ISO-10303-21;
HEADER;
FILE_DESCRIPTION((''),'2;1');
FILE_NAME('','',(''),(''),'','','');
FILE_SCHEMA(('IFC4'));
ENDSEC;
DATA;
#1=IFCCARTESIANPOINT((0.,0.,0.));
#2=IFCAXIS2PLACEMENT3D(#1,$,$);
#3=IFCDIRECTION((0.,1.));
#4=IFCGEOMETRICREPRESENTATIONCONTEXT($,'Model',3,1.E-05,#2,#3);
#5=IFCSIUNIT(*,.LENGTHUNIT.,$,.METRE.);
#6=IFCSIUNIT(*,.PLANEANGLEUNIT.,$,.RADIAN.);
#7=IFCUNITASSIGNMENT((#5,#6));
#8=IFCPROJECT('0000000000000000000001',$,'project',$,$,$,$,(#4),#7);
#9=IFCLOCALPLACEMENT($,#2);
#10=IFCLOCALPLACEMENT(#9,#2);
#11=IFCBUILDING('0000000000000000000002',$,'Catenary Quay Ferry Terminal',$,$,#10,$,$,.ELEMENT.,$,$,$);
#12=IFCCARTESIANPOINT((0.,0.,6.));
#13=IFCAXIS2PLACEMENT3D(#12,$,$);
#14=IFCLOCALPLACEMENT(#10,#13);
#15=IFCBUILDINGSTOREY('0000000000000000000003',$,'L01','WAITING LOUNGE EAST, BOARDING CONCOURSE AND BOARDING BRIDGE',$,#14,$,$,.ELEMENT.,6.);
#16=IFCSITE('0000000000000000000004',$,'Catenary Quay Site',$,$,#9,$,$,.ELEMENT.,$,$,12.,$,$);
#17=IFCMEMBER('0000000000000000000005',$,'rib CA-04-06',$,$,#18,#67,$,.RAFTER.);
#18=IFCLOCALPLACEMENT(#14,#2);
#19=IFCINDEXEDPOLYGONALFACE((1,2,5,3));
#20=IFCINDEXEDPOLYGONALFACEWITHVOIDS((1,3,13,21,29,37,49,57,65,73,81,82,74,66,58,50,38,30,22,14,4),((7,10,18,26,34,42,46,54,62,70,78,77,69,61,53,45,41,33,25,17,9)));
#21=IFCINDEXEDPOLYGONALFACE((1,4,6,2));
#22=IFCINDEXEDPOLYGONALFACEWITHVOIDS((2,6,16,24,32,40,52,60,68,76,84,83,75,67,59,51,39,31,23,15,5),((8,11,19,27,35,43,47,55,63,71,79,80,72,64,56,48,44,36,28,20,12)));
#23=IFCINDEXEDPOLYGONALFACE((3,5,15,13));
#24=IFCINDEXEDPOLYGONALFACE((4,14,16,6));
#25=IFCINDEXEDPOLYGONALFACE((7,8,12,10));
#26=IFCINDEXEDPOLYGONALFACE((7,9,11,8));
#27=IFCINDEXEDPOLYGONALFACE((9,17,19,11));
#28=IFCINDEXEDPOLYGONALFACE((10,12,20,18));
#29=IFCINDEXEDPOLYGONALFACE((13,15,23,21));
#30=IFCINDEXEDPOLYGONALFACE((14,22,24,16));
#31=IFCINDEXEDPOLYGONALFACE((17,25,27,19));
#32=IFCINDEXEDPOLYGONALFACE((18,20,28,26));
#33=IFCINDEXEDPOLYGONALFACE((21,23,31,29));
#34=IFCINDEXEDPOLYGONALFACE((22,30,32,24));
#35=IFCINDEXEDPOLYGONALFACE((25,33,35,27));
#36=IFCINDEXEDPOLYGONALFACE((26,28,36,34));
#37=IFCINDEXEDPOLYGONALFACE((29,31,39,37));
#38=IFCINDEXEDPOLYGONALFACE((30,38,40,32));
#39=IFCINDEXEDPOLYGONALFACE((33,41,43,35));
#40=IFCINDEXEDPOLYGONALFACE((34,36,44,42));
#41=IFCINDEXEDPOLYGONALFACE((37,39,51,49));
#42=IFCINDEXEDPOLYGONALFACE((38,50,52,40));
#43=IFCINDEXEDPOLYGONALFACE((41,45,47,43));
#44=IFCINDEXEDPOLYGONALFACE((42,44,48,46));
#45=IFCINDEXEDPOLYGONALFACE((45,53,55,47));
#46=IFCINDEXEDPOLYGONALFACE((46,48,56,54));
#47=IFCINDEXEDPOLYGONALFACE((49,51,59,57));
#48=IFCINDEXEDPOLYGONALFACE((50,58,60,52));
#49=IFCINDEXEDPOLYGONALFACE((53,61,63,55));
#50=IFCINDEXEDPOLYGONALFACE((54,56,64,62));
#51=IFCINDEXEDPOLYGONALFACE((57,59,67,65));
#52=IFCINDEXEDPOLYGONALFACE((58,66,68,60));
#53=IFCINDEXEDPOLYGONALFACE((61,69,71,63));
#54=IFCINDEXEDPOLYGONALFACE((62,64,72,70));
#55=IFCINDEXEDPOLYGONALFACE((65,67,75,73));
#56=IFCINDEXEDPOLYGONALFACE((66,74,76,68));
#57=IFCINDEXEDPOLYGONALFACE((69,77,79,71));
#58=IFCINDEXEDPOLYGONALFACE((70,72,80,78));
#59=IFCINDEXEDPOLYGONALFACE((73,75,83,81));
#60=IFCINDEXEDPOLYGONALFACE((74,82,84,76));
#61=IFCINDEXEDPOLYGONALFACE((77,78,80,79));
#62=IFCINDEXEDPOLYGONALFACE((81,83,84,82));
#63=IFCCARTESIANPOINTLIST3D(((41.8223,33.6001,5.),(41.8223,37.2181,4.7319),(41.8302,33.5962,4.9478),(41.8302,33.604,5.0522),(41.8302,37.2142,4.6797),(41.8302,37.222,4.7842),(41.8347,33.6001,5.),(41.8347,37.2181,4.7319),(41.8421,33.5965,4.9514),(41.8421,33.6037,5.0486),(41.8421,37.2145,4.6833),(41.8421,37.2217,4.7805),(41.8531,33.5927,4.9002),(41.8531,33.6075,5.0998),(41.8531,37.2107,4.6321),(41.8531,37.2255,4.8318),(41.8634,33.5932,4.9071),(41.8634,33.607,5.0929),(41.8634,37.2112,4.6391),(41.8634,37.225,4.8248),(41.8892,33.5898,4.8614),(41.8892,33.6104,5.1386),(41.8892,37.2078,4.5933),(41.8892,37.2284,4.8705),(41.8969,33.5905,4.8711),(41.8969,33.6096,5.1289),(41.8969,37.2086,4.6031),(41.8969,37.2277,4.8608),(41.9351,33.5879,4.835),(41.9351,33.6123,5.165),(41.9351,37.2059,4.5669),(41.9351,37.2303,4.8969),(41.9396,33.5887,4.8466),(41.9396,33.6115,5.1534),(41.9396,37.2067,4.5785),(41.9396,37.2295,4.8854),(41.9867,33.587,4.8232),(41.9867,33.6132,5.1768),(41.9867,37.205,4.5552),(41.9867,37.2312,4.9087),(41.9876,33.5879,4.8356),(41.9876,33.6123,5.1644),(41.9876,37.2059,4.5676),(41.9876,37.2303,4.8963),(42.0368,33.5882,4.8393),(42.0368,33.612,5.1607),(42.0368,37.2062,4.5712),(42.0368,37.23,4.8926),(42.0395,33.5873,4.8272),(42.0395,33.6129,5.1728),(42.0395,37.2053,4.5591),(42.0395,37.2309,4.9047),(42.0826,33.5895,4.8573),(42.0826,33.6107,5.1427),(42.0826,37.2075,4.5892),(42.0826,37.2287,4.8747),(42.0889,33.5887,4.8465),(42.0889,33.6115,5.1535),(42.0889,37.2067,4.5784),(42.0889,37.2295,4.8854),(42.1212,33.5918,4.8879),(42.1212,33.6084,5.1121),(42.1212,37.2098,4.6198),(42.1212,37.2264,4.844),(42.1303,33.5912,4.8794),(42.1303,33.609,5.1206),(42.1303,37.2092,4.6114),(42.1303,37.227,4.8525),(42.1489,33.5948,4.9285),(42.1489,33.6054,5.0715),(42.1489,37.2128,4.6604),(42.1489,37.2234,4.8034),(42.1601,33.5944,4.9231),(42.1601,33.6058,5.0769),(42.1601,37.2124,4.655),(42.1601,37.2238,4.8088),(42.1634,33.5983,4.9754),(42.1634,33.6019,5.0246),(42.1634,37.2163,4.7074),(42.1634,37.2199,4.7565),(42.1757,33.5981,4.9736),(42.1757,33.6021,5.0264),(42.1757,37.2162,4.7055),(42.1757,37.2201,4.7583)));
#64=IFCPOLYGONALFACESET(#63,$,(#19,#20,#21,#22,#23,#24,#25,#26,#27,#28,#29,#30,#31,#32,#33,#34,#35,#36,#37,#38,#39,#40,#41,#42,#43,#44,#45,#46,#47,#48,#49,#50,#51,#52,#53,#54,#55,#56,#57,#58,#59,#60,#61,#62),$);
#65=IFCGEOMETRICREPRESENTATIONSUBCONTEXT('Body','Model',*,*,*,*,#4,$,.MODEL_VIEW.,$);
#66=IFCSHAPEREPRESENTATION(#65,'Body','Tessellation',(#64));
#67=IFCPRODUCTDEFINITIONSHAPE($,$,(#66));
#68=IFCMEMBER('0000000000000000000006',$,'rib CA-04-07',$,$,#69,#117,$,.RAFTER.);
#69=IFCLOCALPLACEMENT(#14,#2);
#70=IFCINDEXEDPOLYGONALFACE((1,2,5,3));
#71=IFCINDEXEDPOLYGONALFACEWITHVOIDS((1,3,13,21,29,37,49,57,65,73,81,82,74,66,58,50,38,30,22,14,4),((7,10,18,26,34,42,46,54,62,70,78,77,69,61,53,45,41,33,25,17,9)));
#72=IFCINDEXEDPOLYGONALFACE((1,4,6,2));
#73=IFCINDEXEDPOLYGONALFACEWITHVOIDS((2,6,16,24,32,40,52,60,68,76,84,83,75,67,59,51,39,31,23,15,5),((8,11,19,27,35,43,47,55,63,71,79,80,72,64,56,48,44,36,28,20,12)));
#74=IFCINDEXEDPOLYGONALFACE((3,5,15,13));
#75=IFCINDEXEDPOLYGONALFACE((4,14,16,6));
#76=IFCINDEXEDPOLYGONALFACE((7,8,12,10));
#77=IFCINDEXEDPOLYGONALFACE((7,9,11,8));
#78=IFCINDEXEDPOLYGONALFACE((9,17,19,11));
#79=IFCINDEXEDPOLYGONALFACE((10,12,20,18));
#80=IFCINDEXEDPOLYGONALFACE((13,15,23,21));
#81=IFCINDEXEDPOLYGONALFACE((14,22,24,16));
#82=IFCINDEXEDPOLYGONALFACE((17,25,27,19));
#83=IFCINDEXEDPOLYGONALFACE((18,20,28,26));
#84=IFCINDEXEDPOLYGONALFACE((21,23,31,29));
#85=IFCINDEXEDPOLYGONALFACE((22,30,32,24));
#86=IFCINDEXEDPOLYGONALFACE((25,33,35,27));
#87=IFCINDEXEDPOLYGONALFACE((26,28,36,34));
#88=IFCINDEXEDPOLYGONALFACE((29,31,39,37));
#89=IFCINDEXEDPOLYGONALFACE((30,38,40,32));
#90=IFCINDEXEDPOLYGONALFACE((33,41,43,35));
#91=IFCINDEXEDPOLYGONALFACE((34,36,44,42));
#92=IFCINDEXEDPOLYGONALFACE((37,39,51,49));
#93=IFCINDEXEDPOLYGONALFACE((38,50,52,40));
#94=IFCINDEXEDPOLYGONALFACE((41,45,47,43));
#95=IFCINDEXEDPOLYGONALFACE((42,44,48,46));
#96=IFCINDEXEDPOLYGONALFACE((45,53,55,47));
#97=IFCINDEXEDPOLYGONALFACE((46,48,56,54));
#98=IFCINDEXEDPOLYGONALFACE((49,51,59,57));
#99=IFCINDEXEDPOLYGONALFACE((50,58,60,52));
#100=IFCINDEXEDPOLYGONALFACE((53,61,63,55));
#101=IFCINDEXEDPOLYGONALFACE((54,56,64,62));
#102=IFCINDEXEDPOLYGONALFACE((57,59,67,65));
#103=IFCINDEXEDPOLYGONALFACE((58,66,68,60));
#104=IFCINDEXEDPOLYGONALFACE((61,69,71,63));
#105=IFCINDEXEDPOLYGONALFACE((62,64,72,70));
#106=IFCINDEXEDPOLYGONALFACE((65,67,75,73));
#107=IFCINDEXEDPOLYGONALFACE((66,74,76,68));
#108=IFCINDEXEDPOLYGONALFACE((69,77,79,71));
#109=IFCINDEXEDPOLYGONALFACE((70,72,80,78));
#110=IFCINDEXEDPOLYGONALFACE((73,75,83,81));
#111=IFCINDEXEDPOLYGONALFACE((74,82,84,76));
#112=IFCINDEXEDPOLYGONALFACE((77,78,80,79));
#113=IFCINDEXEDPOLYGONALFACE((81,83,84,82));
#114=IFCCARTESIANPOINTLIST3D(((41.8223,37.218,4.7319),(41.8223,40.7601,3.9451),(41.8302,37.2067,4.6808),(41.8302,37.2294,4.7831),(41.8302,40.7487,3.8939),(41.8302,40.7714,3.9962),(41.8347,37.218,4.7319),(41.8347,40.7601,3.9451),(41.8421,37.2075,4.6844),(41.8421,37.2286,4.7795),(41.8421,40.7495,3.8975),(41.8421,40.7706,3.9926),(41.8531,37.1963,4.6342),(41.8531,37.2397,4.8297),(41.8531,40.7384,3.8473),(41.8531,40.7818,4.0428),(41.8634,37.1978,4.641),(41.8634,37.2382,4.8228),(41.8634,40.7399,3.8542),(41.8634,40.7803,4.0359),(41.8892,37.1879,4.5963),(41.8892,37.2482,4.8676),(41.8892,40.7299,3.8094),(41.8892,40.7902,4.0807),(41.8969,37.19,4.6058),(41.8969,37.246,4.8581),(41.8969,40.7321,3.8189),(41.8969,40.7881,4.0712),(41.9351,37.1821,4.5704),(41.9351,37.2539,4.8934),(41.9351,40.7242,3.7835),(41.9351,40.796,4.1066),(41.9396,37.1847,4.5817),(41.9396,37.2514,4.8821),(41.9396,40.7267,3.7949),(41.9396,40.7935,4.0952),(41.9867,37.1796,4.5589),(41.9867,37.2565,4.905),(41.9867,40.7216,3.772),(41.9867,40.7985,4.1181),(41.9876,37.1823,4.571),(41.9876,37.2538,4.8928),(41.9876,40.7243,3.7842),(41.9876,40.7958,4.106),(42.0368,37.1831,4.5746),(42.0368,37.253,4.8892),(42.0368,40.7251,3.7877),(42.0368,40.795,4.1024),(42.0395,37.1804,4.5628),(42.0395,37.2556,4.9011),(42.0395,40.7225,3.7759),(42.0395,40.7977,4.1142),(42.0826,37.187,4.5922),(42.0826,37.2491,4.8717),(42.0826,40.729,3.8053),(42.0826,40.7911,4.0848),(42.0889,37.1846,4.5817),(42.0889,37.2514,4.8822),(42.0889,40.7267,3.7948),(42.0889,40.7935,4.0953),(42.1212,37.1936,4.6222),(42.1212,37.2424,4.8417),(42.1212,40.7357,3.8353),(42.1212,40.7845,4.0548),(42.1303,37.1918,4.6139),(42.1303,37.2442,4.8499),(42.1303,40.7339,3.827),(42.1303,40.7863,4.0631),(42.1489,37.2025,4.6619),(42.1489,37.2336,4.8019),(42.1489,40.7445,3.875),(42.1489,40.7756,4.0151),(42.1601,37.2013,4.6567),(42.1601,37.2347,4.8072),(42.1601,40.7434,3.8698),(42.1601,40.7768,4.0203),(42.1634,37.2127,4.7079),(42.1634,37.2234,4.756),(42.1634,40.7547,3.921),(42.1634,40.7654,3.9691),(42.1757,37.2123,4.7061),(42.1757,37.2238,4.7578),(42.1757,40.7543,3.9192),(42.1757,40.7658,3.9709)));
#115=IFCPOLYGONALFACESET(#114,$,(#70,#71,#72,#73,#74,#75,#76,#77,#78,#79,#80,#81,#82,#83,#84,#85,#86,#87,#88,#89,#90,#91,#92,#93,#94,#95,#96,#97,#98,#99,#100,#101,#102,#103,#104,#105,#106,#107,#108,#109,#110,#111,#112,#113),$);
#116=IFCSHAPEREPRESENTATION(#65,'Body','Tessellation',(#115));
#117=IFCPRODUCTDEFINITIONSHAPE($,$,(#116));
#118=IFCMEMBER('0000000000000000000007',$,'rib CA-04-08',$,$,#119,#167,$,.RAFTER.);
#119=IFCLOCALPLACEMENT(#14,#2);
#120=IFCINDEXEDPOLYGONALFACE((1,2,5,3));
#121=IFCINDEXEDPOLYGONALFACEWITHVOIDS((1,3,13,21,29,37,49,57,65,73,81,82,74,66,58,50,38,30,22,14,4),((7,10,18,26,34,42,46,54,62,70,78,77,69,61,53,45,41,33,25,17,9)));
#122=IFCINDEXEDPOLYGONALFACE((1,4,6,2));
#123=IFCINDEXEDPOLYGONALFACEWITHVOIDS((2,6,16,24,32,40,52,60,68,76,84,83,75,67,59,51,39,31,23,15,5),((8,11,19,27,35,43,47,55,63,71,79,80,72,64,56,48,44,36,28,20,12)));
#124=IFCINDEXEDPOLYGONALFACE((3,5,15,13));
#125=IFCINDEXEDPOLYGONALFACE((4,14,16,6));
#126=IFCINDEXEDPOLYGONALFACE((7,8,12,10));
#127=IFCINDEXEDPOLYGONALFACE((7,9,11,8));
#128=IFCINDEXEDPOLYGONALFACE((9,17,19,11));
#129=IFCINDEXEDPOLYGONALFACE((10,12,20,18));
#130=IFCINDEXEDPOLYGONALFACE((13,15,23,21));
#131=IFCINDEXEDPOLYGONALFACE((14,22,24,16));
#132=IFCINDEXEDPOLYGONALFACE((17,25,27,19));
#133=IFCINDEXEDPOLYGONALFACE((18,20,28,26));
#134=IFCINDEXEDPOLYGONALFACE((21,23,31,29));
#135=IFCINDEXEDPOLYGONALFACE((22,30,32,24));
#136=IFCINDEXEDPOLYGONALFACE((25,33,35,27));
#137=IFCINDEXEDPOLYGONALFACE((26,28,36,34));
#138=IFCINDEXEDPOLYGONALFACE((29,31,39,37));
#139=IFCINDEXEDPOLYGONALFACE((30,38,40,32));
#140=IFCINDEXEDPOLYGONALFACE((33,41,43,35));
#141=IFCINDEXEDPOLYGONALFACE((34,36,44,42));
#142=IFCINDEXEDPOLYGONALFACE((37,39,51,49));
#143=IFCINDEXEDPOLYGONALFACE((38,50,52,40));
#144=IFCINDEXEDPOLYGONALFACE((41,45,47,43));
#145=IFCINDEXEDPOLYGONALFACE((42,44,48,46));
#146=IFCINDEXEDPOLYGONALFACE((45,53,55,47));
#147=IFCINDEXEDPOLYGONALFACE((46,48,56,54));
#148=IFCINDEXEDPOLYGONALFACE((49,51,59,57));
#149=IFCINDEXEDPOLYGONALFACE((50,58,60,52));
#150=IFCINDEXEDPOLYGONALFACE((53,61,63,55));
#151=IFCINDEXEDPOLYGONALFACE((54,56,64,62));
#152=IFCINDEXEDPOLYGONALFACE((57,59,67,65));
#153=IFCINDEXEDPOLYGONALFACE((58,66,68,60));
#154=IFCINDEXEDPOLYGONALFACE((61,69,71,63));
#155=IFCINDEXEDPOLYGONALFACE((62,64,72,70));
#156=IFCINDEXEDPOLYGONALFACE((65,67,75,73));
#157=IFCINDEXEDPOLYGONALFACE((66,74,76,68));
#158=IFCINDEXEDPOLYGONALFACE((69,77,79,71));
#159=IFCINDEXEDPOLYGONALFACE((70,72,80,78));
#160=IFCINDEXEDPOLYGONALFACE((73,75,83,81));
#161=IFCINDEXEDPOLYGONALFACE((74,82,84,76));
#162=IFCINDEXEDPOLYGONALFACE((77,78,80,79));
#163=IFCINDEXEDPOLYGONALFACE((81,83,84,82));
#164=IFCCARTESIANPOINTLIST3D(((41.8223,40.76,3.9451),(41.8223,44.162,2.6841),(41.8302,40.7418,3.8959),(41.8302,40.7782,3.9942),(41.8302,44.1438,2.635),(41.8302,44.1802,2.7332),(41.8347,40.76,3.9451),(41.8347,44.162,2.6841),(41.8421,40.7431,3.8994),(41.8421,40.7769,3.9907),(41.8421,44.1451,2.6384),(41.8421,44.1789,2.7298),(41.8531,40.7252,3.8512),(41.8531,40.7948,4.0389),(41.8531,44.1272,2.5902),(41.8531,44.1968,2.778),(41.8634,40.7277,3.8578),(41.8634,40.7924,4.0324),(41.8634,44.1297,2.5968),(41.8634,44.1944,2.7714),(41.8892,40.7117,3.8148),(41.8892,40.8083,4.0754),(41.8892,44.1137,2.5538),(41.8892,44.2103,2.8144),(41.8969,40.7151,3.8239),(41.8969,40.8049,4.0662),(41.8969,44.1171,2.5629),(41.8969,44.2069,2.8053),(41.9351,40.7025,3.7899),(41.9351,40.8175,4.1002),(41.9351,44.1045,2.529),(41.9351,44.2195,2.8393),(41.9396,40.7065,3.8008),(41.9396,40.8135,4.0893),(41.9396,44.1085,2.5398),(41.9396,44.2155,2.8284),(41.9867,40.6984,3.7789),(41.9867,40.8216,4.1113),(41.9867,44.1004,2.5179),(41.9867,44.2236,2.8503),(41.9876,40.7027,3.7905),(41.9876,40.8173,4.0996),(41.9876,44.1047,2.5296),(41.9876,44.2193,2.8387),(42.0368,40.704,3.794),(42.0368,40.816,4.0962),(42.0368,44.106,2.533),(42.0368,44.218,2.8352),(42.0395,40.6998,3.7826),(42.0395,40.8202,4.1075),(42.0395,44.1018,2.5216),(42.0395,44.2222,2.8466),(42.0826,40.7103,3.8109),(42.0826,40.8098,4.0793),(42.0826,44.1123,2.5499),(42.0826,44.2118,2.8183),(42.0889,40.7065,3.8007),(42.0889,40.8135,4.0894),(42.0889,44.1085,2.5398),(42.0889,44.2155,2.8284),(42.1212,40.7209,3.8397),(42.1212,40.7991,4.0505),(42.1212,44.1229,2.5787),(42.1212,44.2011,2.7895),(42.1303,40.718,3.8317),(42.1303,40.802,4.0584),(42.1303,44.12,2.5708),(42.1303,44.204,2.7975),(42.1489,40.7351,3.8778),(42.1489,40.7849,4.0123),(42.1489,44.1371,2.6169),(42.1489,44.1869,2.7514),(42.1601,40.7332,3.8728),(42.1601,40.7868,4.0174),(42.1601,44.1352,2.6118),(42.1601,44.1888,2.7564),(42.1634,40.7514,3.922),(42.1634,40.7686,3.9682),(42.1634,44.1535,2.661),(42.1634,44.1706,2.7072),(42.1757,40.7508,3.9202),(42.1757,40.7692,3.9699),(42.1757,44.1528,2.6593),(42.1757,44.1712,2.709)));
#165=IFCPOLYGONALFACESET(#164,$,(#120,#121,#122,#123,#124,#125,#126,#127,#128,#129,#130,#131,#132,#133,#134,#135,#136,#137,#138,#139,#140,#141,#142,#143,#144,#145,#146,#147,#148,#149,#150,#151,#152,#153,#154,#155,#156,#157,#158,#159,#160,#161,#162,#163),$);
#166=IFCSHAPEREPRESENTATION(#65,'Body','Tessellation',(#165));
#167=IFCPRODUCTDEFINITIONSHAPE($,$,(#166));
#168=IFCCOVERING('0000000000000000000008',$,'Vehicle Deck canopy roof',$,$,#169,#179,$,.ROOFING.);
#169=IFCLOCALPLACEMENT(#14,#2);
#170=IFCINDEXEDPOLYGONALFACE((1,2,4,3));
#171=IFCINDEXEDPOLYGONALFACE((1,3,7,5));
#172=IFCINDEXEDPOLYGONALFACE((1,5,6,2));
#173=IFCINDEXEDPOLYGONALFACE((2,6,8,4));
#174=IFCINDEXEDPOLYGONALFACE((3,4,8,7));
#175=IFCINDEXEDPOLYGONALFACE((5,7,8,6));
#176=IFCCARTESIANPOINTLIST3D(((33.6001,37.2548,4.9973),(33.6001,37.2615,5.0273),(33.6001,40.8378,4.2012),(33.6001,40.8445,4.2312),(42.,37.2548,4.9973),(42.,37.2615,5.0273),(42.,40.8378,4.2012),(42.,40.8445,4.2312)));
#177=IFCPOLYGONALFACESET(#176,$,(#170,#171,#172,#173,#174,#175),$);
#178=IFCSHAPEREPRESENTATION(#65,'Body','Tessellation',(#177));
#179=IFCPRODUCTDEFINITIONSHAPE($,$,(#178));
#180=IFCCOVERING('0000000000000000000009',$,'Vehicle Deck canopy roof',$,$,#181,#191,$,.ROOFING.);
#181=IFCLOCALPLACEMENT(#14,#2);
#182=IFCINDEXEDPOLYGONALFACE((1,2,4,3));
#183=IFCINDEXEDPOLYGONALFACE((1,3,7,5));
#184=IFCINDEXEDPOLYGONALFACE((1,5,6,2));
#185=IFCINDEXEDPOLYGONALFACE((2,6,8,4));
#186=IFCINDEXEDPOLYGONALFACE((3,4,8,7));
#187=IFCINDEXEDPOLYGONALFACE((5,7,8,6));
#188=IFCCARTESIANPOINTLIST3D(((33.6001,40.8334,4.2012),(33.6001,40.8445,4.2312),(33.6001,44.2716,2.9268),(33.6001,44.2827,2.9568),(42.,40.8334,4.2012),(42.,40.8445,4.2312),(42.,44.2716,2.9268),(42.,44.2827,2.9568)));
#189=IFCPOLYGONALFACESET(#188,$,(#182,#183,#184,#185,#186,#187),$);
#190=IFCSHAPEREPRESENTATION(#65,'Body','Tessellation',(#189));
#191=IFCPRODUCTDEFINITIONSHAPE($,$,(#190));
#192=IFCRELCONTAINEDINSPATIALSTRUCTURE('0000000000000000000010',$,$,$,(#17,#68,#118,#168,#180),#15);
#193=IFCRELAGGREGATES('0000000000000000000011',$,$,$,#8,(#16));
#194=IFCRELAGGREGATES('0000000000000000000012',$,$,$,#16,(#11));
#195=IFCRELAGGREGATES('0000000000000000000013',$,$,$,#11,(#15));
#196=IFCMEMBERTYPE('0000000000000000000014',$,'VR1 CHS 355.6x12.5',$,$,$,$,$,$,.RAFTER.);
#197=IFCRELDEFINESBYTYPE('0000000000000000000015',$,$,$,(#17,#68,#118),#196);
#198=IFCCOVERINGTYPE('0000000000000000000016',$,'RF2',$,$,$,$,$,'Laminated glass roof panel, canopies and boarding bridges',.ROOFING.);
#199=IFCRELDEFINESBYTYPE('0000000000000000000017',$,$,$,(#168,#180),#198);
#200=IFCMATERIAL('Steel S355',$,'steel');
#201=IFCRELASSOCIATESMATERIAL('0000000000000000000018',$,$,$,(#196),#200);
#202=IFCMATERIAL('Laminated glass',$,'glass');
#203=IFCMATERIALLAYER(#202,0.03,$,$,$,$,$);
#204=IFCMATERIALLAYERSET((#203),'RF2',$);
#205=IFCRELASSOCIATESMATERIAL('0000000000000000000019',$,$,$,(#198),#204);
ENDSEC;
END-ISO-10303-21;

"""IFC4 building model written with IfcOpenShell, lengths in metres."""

from ifc_helpers import new_model, si_unit, direction, frame, origin, origin_2d, place, context, subcontext, project, spatial, polyline, hollow_circle, outline, extrude, material, layer, layer_set, material_profile, profile_set, type_object, element, save


model = new_model("IFC4")

# Units and contexts
model_context = context("Model", 3, precision=1e-05, world=origin(), true_north=direction((0.0, 1.0)))
body_context = subcontext(model_context, "Body", "Model", "MODEL_VIEW")
ifc_project = project(units=[si_unit("LENGTHUNIT", "METRE"), si_unit("PLANEANGLEUNIT", "RADIAN")], contexts=[model_context])

# Site, building, storey
site_placement = place(None, origin())
site = spatial("IfcSite", under=ifc_project, at=site_placement, Name="Catenary Quay Site", CompositionType="ELEMENT", RefElevation=12.0)
building_placement = place(site_placement, origin())
building = spatial("IfcBuilding", under=site, at=building_placement, Name="Catenary Quay Ferry Terminal", CompositionType="ELEMENT")
storey_placement = place(building_placement, frame((0.0, 0.0, 6.0)))
storey = spatial("IfcBuildingStorey", under=building, at=storey_placement, Name="L01", Description="WAITING LOUNGE EAST, BOARDING CONCOURSE AND BOARDING BRIDGE", CompositionType="ELEMENT", Elevation=6.0)

# Members
ifc_material_1 = material(Name="Steel S355", Category="steel")
ifc_material_profile_1 = material_profile(ifc_material_1, hollow_circle(Radius=0.1777, WallThickness=0.0125, at=origin_2d()), Name="CHS 355.6x12.5")
ifc_profile_set_1 = profile_set([ifc_material_profile_1], Name="Steel S355")
member_type_1 = type_object("IfcMemberType", Name="VR1 CHS 355.6x12.5", PredefinedType="RAFTER", material=ifc_profile_set_1)
member_1_placement = place(storey_placement, frame((42.0, 33.6001, 5.0), z_axis=(0.0, 0.997266, -0.073892), x_axis=(-1.0, 0.0, 0.0)))
element("IfcMember", 1, at=member_1_placement, inside=storey, type_object=member_type_1, Name="rib CA-04-06", PredefinedType="RAFTER", context=body_context, shape_type="SweptSolid", body=[
    extrude(hollow_circle(Radius=0.1777, WallThickness=0.0125, at=origin_2d()), origin(), (0.0, 0.0, 1.0), 3.6279),
])
member_2_placement = place(storey_placement, frame((42.0, 37.218, 4.7319), z_axis=(0.0, 0.976201, -0.216866), x_axis=(-1.0, 0.0, 0.0)))
element("IfcMember", 2, at=member_2_placement, inside=storey, type_object=member_type_1, Name="rib CA-04-07", PredefinedType="RAFTER", context=body_context, shape_type="SweptSolid", body=[
    extrude(hollow_circle(Radius=0.1777, WallThickness=0.0125, at=origin_2d()), origin(), (0.0, 0.0, 1.0), 3.6284),
])
member_3_placement = place(storey_placement, frame((42.0, 40.76, 3.9451), z_axis=(0.0, 0.937664, -0.347544), x_axis=(-1.0, 0.0, 0.0)))
element("IfcMember", 3, at=member_3_placement, inside=storey, type_object=member_type_1, Name="rib CA-04-08", PredefinedType="RAFTER", context=body_context, shape_type="SweptSolid", body=[
    extrude(hollow_circle(Radius=0.1777, WallThickness=0.0125, at=origin_2d()), origin(), (0.0, 0.0, 1.0), 3.6282),
])

# Coverings
ifc_material_2 = material(Name="Laminated glass", Category="glass")
ifc_layer = layer(ifc_material_2, 0.03)
ifc_layer_set = layer_set([ifc_layer], Name="RF2")
covering_type = type_object("IfcCoveringType", Name="RF2", ElementType="Laminated glass roof panel, canopies and boarding bridges", PredefinedType="ROOFING", material=ifc_layer_set)
covering_1_placement = place(storey_placement, frame((33.6001, 37.2615, 5.0273), z_axis=(0.0, 0.216909, 0.976192), x_axis=(1.0, 0.0, 0.0)))
element("IfcCovering", 4, at=covering_1_placement, inside=storey, type_object=covering_type, Name="Vehicle Deck canopy roof", PredefinedType="ROOFING", context=body_context, shape_type="SweptSolid", body=[
    extrude(outline(polyline([(0.0, 0.0), (8.3999, 0.0), (8.3999, 3.6704), (0.0, 3.6704), (0.0, 0.0)])), origin(), (0.0, 0.0, -1.0), 0.0308),
])
covering_2_placement = place(storey_placement, frame((33.6001, 40.8445, 4.2312), z_axis=(0.0, 0.347553, 0.93766), x_axis=(1.0, 0.0, 0.0)))
element("IfcCovering", 5, at=covering_2_placement, inside=storey, type_object=covering_type, Name="Vehicle Deck canopy roof", PredefinedType="ROOFING", context=body_context, shape_type="SweptSolid", body=[
    extrude(outline(polyline([(0.0, 0.0), (8.3999, 0.0), (8.3999, 3.6668), (0.0, 3.6668), (0.0, 0.0)])), origin(), (0.0, 0.0, -1.0), 0.032),
])

save(model, "model.ifc")
